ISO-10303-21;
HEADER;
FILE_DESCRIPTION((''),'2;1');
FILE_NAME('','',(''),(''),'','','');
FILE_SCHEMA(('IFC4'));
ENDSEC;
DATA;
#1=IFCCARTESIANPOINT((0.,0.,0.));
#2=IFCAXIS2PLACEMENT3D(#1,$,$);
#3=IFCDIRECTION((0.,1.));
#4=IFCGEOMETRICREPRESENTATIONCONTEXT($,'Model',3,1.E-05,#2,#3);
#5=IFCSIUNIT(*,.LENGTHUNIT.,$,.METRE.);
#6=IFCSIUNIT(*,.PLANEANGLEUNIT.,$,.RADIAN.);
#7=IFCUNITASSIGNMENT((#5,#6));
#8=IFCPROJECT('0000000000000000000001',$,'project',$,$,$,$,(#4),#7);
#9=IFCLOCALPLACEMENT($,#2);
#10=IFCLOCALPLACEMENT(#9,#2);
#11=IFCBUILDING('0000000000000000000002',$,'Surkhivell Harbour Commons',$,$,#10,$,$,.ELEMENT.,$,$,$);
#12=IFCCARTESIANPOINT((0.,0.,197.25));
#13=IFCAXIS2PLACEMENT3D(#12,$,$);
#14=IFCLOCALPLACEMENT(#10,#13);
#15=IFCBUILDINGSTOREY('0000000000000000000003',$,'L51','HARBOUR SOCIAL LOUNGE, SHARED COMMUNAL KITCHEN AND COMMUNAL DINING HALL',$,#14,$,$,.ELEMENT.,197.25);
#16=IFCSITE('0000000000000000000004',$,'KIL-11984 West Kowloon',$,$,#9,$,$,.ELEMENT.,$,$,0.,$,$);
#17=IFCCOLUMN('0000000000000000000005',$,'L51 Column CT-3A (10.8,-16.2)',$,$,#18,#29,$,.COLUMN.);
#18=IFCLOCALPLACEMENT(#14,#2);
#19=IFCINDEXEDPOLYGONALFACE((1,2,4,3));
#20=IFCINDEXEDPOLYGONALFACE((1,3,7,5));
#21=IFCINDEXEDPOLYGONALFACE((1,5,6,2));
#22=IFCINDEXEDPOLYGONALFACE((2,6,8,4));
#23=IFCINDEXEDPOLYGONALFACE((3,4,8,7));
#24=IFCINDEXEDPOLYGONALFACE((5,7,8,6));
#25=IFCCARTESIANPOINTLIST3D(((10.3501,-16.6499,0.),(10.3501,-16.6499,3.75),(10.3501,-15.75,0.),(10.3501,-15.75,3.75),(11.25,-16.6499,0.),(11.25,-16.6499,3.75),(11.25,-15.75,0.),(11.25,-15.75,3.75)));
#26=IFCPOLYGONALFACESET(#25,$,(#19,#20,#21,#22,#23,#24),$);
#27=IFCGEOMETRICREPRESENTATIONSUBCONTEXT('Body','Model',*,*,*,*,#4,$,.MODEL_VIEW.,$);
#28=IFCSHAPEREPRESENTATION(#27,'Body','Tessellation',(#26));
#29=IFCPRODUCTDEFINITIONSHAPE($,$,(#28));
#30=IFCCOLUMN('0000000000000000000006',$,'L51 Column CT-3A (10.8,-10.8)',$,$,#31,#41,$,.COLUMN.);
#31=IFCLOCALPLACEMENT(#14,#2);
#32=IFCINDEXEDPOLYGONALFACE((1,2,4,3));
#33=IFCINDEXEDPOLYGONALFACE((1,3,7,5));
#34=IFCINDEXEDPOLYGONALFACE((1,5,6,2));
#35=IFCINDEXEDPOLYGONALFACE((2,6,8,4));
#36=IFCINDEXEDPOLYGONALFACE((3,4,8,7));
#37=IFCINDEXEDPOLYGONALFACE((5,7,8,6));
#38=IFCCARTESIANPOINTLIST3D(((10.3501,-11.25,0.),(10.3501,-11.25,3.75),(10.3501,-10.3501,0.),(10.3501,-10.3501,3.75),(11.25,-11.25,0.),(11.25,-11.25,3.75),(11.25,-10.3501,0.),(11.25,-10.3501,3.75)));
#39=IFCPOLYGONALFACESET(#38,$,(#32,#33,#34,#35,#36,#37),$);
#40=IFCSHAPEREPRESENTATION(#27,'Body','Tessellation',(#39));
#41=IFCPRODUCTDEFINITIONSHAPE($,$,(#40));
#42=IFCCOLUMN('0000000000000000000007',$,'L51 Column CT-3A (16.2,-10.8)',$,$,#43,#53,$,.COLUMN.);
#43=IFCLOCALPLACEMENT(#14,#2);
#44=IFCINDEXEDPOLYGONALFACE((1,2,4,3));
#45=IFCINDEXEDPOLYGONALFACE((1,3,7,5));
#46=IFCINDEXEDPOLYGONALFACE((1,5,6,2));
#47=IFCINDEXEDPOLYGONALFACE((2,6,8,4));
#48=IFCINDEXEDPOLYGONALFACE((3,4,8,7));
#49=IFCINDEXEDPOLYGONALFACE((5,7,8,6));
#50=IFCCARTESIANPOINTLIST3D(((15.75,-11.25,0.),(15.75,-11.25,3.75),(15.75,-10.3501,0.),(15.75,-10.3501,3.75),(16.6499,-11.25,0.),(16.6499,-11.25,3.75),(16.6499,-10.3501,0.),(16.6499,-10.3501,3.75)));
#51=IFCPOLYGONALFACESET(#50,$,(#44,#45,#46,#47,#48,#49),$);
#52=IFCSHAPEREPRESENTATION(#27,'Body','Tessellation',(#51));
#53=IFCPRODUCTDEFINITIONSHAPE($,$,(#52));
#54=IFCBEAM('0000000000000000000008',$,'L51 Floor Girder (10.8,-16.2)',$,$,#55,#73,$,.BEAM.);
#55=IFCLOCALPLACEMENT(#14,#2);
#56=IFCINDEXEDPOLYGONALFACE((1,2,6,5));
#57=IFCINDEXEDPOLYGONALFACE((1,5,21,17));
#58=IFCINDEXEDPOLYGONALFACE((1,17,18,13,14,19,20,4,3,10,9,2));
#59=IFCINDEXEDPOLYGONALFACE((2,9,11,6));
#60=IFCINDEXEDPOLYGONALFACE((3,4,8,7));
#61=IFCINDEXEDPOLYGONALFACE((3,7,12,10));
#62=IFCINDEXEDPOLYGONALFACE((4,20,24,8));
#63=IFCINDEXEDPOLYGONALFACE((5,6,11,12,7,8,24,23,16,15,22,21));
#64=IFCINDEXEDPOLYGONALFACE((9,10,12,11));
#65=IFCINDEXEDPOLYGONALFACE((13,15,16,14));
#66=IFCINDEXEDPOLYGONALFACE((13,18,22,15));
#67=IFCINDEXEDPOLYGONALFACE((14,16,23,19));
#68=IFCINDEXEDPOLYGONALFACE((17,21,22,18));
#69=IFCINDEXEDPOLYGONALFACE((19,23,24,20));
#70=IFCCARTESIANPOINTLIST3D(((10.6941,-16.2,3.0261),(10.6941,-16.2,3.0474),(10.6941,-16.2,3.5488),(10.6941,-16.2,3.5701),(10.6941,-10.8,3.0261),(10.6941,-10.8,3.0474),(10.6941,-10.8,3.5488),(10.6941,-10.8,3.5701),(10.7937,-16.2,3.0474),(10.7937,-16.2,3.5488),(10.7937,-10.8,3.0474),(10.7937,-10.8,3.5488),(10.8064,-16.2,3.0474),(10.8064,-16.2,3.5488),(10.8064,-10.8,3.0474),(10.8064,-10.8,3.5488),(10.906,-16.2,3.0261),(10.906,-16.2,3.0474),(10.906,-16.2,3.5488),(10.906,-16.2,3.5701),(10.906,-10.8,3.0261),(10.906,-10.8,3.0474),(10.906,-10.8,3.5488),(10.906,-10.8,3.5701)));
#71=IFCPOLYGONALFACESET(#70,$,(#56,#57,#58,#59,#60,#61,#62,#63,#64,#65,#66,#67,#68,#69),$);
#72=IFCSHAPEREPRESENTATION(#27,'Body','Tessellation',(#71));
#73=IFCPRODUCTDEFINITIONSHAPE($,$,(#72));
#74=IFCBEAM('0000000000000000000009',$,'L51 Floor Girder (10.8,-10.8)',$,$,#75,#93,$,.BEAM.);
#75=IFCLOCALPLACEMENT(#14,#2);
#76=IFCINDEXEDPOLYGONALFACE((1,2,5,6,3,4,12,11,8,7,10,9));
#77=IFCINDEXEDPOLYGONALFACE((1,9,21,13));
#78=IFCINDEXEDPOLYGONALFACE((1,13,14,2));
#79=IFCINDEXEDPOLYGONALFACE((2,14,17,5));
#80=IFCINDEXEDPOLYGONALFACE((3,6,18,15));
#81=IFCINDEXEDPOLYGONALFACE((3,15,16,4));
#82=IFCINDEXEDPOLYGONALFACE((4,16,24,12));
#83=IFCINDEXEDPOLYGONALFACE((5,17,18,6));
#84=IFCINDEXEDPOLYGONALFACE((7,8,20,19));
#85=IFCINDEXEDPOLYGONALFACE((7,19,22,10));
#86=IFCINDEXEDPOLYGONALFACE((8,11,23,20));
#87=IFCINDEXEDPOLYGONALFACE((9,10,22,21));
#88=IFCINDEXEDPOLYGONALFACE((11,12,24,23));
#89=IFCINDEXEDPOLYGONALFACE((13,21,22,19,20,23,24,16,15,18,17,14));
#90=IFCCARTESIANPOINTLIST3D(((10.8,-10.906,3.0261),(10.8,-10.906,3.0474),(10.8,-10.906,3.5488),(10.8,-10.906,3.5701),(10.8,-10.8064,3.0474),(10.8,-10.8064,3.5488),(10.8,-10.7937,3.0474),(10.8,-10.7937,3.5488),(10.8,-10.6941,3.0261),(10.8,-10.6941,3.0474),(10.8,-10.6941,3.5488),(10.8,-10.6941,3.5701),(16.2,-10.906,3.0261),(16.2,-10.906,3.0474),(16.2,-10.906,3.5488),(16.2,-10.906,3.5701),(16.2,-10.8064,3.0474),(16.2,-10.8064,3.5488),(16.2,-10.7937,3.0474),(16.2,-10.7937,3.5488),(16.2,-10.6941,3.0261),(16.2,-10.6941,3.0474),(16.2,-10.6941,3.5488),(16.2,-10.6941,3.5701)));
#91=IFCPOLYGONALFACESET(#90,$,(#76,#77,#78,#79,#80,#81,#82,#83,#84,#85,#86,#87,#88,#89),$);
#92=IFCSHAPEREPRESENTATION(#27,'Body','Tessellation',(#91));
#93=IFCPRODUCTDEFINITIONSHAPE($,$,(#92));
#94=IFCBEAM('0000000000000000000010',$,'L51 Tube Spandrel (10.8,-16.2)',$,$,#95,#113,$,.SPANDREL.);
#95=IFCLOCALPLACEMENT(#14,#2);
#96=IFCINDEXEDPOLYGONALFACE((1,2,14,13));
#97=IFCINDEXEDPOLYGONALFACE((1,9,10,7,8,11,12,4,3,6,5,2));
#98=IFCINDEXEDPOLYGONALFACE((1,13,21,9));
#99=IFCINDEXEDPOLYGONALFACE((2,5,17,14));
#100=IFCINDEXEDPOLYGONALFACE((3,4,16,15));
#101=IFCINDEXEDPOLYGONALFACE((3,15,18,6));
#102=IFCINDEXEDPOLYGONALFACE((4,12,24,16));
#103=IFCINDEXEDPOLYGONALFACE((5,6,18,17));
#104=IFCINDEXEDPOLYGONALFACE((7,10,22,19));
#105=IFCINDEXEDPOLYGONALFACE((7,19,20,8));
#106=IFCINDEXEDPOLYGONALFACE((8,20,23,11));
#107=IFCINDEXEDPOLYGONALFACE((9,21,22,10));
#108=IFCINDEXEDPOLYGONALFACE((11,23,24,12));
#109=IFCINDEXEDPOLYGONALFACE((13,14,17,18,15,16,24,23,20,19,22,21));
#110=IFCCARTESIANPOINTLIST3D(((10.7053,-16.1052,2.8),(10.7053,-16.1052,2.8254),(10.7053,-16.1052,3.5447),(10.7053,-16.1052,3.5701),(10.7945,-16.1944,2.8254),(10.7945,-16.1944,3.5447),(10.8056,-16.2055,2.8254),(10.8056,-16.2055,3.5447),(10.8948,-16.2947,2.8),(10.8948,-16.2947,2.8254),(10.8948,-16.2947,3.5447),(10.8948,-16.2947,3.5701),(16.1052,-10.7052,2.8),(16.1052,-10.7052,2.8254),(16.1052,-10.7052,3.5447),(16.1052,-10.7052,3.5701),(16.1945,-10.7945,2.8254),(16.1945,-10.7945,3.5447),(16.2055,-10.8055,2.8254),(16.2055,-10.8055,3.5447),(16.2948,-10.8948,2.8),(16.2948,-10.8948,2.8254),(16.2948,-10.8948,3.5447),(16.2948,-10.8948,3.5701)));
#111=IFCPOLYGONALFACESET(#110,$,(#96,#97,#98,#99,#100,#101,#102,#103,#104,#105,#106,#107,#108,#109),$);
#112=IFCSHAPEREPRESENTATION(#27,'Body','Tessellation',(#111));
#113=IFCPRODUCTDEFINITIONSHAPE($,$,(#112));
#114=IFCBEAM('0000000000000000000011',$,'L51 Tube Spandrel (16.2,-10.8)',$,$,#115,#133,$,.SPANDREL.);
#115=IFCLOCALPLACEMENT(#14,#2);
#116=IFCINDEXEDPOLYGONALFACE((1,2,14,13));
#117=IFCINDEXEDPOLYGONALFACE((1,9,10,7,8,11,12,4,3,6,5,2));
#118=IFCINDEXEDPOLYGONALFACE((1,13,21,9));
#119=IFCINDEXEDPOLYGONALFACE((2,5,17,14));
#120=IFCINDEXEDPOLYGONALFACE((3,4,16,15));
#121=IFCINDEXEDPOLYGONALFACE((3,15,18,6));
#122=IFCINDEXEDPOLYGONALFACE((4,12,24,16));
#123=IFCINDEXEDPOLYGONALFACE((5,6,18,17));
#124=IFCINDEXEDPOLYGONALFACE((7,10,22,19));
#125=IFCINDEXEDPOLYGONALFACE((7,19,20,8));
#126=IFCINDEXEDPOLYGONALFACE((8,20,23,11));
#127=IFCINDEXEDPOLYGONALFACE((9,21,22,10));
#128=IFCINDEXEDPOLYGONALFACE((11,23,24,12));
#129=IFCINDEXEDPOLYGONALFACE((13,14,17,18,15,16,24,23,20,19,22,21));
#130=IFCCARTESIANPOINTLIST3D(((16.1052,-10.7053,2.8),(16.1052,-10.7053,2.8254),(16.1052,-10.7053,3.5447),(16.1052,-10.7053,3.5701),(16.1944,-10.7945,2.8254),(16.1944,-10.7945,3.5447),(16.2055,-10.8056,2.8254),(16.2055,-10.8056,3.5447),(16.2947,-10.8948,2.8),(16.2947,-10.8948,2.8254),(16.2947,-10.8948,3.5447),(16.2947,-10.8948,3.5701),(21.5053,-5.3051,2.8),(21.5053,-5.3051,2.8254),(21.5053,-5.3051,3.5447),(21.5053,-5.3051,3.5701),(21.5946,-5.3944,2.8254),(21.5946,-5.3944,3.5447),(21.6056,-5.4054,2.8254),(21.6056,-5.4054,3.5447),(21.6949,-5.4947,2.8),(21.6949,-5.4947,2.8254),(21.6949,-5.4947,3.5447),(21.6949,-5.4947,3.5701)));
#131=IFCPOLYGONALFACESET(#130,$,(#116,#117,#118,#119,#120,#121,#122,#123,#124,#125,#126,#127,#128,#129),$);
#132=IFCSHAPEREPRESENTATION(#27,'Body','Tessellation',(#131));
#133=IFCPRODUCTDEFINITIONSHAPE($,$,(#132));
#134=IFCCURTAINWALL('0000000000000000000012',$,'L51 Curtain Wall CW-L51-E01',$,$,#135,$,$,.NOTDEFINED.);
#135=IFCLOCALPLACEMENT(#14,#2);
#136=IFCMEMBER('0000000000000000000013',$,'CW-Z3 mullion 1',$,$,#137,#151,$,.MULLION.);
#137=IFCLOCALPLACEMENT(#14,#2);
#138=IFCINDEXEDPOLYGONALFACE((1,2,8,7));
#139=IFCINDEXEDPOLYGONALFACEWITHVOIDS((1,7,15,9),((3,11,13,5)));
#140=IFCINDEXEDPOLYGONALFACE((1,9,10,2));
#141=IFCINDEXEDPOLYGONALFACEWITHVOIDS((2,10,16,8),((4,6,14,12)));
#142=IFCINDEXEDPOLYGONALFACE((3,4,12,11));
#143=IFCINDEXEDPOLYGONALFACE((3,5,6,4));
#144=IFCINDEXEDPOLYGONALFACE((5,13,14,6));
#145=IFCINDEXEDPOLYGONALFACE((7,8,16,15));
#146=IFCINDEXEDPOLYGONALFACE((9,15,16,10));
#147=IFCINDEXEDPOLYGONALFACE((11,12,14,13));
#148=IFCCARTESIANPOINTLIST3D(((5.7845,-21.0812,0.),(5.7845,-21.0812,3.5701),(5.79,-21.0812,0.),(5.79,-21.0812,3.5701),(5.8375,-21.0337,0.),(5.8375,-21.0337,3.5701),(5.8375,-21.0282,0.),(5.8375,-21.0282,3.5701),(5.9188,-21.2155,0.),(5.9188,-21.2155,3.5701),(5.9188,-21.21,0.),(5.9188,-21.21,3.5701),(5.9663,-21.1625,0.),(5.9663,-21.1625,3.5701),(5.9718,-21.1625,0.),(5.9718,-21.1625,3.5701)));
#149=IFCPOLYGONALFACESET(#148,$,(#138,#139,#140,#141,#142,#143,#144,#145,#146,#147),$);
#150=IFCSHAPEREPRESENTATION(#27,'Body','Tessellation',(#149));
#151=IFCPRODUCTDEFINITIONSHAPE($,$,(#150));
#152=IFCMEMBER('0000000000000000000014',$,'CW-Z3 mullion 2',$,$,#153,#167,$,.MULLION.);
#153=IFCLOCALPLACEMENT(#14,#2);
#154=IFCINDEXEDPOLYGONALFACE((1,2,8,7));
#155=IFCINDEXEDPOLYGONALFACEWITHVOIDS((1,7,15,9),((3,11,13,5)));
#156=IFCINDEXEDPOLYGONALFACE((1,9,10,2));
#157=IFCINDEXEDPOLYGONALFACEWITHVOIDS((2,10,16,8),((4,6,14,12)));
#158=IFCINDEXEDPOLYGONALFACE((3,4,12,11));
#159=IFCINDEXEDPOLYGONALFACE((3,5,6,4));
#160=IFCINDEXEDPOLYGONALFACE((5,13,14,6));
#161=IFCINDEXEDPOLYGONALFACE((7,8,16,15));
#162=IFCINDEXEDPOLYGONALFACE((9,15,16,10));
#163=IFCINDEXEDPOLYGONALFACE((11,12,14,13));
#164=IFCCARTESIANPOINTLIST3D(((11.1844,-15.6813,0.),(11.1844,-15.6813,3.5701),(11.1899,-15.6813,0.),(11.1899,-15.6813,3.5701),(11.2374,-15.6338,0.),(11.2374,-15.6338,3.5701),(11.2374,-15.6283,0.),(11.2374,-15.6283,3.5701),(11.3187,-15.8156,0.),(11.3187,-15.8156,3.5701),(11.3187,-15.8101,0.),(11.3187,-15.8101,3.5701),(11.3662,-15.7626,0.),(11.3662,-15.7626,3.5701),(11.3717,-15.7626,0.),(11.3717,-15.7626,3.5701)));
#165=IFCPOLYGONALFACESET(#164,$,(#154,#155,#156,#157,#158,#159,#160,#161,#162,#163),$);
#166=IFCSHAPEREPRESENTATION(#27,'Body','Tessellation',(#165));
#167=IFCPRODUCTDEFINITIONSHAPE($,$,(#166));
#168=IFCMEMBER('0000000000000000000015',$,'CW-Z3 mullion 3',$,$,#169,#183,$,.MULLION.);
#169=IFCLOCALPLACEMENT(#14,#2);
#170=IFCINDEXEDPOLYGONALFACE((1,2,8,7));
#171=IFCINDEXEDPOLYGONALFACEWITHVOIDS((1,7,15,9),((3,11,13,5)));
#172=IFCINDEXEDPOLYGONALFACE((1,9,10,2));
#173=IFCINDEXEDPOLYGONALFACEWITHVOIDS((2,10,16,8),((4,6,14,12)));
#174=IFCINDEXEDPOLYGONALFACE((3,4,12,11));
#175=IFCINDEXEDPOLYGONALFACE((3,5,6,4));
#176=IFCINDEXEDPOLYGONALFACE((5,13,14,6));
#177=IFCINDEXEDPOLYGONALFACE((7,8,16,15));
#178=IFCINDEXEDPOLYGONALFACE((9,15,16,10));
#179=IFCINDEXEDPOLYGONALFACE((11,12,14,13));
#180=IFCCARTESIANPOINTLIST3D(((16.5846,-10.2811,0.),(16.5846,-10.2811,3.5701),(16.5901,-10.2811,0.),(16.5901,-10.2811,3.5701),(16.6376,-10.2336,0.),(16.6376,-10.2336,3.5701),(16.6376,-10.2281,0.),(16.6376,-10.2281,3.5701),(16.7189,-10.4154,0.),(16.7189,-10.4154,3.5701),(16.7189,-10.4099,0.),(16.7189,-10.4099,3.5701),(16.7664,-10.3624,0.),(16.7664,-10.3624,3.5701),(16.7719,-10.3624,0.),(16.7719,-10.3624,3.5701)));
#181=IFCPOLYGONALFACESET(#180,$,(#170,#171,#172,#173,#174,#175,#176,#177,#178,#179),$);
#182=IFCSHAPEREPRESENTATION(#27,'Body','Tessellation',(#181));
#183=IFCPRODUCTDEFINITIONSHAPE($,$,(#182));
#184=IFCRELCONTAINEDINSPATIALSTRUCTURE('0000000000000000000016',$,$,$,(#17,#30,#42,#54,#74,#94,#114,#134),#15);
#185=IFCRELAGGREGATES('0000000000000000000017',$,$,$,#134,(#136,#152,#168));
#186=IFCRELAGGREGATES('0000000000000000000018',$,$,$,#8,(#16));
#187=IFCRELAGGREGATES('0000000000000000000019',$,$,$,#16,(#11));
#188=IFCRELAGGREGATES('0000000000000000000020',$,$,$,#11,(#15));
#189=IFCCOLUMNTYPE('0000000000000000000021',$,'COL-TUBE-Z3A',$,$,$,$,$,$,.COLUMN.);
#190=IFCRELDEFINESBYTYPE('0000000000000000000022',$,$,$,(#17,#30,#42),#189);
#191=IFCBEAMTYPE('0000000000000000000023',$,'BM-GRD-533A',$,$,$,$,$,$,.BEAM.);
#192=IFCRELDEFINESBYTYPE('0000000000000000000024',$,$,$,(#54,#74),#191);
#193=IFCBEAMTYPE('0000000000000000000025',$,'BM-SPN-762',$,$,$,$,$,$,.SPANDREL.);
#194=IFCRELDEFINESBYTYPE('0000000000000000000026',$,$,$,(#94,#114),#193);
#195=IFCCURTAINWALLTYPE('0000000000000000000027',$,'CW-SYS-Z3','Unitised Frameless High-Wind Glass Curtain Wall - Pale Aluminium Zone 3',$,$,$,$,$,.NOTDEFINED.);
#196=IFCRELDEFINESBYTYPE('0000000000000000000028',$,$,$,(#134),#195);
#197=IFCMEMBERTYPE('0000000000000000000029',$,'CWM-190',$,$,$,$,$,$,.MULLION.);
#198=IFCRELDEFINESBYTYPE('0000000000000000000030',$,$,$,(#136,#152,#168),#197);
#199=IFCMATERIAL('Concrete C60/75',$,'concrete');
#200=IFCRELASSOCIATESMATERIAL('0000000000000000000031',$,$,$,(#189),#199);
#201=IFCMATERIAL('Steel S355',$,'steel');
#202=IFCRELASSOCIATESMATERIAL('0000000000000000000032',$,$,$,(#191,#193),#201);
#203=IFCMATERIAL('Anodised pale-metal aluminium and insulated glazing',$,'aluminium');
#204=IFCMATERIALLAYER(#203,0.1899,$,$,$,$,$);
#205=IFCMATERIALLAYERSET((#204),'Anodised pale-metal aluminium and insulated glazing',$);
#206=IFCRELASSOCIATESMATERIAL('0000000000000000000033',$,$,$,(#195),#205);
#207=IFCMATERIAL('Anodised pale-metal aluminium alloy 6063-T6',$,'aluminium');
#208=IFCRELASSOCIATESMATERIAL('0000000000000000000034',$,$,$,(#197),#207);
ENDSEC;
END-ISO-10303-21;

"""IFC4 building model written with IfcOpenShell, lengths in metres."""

from ifc_helpers import new_model, si_unit, direction, frame, origin, origin_2d, place, context, subcontext, project, spatial, rectangle, hollow_rectangle, i_section, extrude, material, layer, layer_set, material_profile, profile_set, type_object, element, aggregate, save


model = new_model("IFC4")

# Units and contexts
model_context = context("Model", 3, precision=1e-05, world=origin(), true_north=direction((0.0, 1.0)))
body_context = subcontext(model_context, "Body", "Model", "MODEL_VIEW")
ifc_project = project(units=[si_unit("LENGTHUNIT", "METRE"), si_unit("PLANEANGLEUNIT", "RADIAN")], contexts=[model_context])

# Site, building, storey
site_placement = place(None, origin())
site = spatial("IfcSite", under=ifc_project, at=site_placement, Name="KIL-11984 West Kowloon", CompositionType="ELEMENT", RefElevation=0.0)
building_placement = place(site_placement, origin())
building = spatial("IfcBuilding", under=site, at=building_placement, Name="Surkhivell Harbour Commons", CompositionType="ELEMENT")
storey_placement = place(building_placement, frame((0.0, 0.0, 197.25)))
storey = spatial("IfcBuildingStorey", under=building, at=storey_placement, Name="L51", Description="HARBOUR SOCIAL LOUNGE, SHARED COMMUNAL KITCHEN AND COMMUNAL DINING HALL", CompositionType="ELEMENT", Elevation=197.25)

# Columns
ifc_material_1 = material(Name="Concrete C60/75", Category="concrete")
ifc_material_profile_1 = material_profile(ifc_material_1, rectangle(XDim=0.8999, YDim=0.8999, at=origin_2d()), Name="RC-COL-900x900")
ifc_profile_set_1 = profile_set([ifc_material_profile_1], Name="Concrete C60/75")
column_type = type_object("IfcColumnType", Name="COL-TUBE-Z3A", PredefinedType="COLUMN", material=ifc_profile_set_1)
for number, where, z_axis, x_axis, name in (
    (1, (10.8, -16.2, 0.0), (0.0, 0.0, 1.0), (1.0, 0.0, 0.0), "L51 Column CT-3A (10.8,-16.2)"),
    (2, (10.8, -10.8, 0.0), (0.0, 0.0, 1.0), (1.0, 0.0, 0.0), "L51 Column CT-3A (10.8,-10.8)"),
    (3, (16.2, -10.8, 0.0), (0.0, 0.0, 1.0), (1.0, 0.0, 0.0), "L51 Column CT-3A (16.2,-10.8)"),
):
    element("IfcColumn", number, at=place(storey_placement, frame(where, z_axis=z_axis, x_axis=x_axis)), inside=storey, type_object=column_type, Name=name, PredefinedType="COLUMN", context=body_context, shape_type="SweptSolid", body=[
        extrude(rectangle(XDim=0.8999, YDim=0.8999, at=origin_2d()), origin(), (0.0, 0.0, 1.0), 3.75),
    ])

# Beams
ifc_material_2 = material(Name="Steel S355", Category="steel")
ifc_material_profile_2 = material_profile(ifc_material_2, i_section(OverallWidth=0.2119, OverallDepth=0.5439, WebThickness=0.0127, FlangeThickness=0.0212, at=origin_2d()), Name="UB533x210x122")
ifc_profile_set_2 = profile_set([ifc_material_profile_2], Name="Steel S355")
beam_type_1 = type_object("IfcBeamType", Name="BM-GRD-533A", PredefinedType="BEAM", material=ifc_profile_set_2)
for number, where, z_axis, x_axis, name in (
    (4, (10.8, -16.2, 3.2981), (0.0, 1.0, 0.0), (-1.0, 0.0, 0.0), "L51 Floor Girder (10.8,-16.2)"),
    (5, (10.8, -10.8, 3.2981), (1.0, 0.0, 0.0), (0.0, 1.0, 0.0), "L51 Floor Girder (10.8,-10.8)"),
):
    element("IfcBeam", number, at=place(storey_placement, frame(where, z_axis=z_axis, x_axis=x_axis)), inside=storey, type_object=beam_type_1, Name=name, PredefinedType="BEAM", context=body_context, shape_type="SweptSolid", body=[
        extrude(i_section(OverallWidth=0.2119, OverallDepth=0.5439, WebThickness=0.0127, FlangeThickness=0.0212, at=origin_2d()), origin(), (0.0, 0.0, 1.0), 5.3999),
    ])
ifc_material_profile_3 = material_profile(ifc_material_2, i_section(OverallWidth=0.2681, OverallDepth=0.77, WebThickness=0.0156, FlangeThickness=0.0254, at=origin_2d()), Name="UB762x267x197")
ifc_profile_set_3 = profile_set([ifc_material_profile_3], Name="Steel S355")
beam_type_2 = type_object("IfcBeamType", Name="BM-SPN-762", PredefinedType="SPANDREL", material=ifc_profile_set_3)
beam_1_placement = place(storey_placement, frame((10.8, -16.2, 3.1851), z_axis=(0.707107, 0.707107, 0.0), x_axis=(-0.707107, 0.707107, 0.0)))
element("IfcBeam", 6, at=beam_1_placement, inside=storey, type_object=beam_type_2, Name="L51 Tube Spandrel (10.8,-16.2)", PredefinedType="SPANDREL", context=body_context, shape_type="SweptSolid", body=[
    extrude(i_section(OverallWidth=0.2681, OverallDepth=0.77, WebThickness=0.0156, FlangeThickness=0.0254, at=origin_2d()), origin(), (0.0, 0.0, 1.0), 7.6367),
])
beam_2_placement = place(storey_placement, frame((16.2, -10.8, 3.1851), z_axis=(0.707107, 0.707107, 0.0), x_axis=(-0.707107, 0.707107, 0.0)))
element("IfcBeam", 7, at=beam_2_placement, inside=storey, type_object=beam_type_2, Name="L51 Tube Spandrel (16.2,-10.8)", PredefinedType="SPANDREL", context=body_context, shape_type="SweptSolid", body=[
    extrude(i_section(OverallWidth=0.2681, OverallDepth=0.77, WebThickness=0.0156, FlangeThickness=0.0254, at=origin_2d()), origin(), (0.0, 0.0, 1.0), 7.637),
])

# Curtain wall, members
ifc_material_3 = material(Name="Anodised pale-metal aluminium and insulated glazing", Category="aluminium")
ifc_layer_1 = layer(ifc_material_3, 0.1899)
ifc_layer_set_1 = layer_set([ifc_layer_1], Name="Anodised pale-metal aluminium and insulated glazing")
curtain_wall_type = type_object("IfcCurtainWallType", Name="CW-SYS-Z3", Description="Unitised Frameless High-Wind Glass Curtain Wall - Pale Aluminium Zone 3", PredefinedType="NOTDEFINED", material=ifc_layer_set_1)
curtain_wall_placement = place(storey_placement, origin())
curtain_wall = element("IfcCurtainWall", 8, at=curtain_wall_placement, inside=storey, type_object=curtain_wall_type, Name="L51 Curtain Wall CW-L51-E01", PredefinedType="NOTDEFINED")
ifc_material_4 = material(Name="Anodised pale-metal aluminium alloy 6063-T6", Category="aluminium")
ifc_material_profile_4 = material_profile(ifc_material_4, hollow_rectangle(XDim=0.075, YDim=0.1899, WallThickness=0.0039, at=origin_2d()), Name="ALU-MULL-75x190")
ifc_profile_set_4 = profile_set([ifc_material_profile_4], Name="Anodised pale-metal aluminium alloy 6063-T6")
member_type_1 = type_object("IfcMemberType", Name="CWM-190", PredefinedType="MULLION", material=ifc_profile_set_4)
member_1_placement = place(storey_placement, frame((5.8782, -21.1218, 0.0), z_axis=(0.0, 0.0, 1.0), x_axis=(0.707107, 0.707107, 0.0)))
member_1 = element("IfcMember", 9, at=member_1_placement, type_object=member_type_1, Name="CW-Z3 mullion 1", PredefinedType="MULLION", context=body_context, shape_type="SweptSolid", body=[
    extrude(hollow_rectangle(XDim=0.075, YDim=0.1899, WallThickness=0.0039, at=origin_2d()), origin(), (0.0, 0.0, 1.0), 3.5701),
])
member_2_placement = place(storey_placement, frame((11.2781, -15.7219, 0.0), z_axis=(0.0, 0.0, 1.0), x_axis=(0.707107, 0.707107, 0.0)))
member_2 = element("IfcMember", 10, at=member_2_placement, type_object=member_type_1, Name="CW-Z3 mullion 2", PredefinedType="MULLION", context=body_context, shape_type="SweptSolid", body=[
    extrude(hollow_rectangle(XDim=0.075, YDim=0.1899, WallThickness=0.0039, at=origin_2d()), origin(), (0.0, 0.0, 1.0), 3.5701),
])
member_3_placement = place(storey_placement, frame((16.6782, -10.3218, 0.0), z_axis=(0.0, 0.0, 1.0), x_axis=(0.707107, 0.707107, 0.0)))
member_3 = element("IfcMember", 11, at=member_3_placement, type_object=member_type_1, Name="CW-Z3 mullion 3", PredefinedType="MULLION", context=body_context, shape_type="SweptSolid", body=[
    extrude(hollow_rectangle(XDim=0.075, YDim=0.1899, WallThickness=0.0039, at=origin_2d()), origin(), (0.0, 0.0, 1.0), 3.5701),
])
aggregate(curtain_wall, [member_1, member_2, member_3])

save(model, "model.ifc")
